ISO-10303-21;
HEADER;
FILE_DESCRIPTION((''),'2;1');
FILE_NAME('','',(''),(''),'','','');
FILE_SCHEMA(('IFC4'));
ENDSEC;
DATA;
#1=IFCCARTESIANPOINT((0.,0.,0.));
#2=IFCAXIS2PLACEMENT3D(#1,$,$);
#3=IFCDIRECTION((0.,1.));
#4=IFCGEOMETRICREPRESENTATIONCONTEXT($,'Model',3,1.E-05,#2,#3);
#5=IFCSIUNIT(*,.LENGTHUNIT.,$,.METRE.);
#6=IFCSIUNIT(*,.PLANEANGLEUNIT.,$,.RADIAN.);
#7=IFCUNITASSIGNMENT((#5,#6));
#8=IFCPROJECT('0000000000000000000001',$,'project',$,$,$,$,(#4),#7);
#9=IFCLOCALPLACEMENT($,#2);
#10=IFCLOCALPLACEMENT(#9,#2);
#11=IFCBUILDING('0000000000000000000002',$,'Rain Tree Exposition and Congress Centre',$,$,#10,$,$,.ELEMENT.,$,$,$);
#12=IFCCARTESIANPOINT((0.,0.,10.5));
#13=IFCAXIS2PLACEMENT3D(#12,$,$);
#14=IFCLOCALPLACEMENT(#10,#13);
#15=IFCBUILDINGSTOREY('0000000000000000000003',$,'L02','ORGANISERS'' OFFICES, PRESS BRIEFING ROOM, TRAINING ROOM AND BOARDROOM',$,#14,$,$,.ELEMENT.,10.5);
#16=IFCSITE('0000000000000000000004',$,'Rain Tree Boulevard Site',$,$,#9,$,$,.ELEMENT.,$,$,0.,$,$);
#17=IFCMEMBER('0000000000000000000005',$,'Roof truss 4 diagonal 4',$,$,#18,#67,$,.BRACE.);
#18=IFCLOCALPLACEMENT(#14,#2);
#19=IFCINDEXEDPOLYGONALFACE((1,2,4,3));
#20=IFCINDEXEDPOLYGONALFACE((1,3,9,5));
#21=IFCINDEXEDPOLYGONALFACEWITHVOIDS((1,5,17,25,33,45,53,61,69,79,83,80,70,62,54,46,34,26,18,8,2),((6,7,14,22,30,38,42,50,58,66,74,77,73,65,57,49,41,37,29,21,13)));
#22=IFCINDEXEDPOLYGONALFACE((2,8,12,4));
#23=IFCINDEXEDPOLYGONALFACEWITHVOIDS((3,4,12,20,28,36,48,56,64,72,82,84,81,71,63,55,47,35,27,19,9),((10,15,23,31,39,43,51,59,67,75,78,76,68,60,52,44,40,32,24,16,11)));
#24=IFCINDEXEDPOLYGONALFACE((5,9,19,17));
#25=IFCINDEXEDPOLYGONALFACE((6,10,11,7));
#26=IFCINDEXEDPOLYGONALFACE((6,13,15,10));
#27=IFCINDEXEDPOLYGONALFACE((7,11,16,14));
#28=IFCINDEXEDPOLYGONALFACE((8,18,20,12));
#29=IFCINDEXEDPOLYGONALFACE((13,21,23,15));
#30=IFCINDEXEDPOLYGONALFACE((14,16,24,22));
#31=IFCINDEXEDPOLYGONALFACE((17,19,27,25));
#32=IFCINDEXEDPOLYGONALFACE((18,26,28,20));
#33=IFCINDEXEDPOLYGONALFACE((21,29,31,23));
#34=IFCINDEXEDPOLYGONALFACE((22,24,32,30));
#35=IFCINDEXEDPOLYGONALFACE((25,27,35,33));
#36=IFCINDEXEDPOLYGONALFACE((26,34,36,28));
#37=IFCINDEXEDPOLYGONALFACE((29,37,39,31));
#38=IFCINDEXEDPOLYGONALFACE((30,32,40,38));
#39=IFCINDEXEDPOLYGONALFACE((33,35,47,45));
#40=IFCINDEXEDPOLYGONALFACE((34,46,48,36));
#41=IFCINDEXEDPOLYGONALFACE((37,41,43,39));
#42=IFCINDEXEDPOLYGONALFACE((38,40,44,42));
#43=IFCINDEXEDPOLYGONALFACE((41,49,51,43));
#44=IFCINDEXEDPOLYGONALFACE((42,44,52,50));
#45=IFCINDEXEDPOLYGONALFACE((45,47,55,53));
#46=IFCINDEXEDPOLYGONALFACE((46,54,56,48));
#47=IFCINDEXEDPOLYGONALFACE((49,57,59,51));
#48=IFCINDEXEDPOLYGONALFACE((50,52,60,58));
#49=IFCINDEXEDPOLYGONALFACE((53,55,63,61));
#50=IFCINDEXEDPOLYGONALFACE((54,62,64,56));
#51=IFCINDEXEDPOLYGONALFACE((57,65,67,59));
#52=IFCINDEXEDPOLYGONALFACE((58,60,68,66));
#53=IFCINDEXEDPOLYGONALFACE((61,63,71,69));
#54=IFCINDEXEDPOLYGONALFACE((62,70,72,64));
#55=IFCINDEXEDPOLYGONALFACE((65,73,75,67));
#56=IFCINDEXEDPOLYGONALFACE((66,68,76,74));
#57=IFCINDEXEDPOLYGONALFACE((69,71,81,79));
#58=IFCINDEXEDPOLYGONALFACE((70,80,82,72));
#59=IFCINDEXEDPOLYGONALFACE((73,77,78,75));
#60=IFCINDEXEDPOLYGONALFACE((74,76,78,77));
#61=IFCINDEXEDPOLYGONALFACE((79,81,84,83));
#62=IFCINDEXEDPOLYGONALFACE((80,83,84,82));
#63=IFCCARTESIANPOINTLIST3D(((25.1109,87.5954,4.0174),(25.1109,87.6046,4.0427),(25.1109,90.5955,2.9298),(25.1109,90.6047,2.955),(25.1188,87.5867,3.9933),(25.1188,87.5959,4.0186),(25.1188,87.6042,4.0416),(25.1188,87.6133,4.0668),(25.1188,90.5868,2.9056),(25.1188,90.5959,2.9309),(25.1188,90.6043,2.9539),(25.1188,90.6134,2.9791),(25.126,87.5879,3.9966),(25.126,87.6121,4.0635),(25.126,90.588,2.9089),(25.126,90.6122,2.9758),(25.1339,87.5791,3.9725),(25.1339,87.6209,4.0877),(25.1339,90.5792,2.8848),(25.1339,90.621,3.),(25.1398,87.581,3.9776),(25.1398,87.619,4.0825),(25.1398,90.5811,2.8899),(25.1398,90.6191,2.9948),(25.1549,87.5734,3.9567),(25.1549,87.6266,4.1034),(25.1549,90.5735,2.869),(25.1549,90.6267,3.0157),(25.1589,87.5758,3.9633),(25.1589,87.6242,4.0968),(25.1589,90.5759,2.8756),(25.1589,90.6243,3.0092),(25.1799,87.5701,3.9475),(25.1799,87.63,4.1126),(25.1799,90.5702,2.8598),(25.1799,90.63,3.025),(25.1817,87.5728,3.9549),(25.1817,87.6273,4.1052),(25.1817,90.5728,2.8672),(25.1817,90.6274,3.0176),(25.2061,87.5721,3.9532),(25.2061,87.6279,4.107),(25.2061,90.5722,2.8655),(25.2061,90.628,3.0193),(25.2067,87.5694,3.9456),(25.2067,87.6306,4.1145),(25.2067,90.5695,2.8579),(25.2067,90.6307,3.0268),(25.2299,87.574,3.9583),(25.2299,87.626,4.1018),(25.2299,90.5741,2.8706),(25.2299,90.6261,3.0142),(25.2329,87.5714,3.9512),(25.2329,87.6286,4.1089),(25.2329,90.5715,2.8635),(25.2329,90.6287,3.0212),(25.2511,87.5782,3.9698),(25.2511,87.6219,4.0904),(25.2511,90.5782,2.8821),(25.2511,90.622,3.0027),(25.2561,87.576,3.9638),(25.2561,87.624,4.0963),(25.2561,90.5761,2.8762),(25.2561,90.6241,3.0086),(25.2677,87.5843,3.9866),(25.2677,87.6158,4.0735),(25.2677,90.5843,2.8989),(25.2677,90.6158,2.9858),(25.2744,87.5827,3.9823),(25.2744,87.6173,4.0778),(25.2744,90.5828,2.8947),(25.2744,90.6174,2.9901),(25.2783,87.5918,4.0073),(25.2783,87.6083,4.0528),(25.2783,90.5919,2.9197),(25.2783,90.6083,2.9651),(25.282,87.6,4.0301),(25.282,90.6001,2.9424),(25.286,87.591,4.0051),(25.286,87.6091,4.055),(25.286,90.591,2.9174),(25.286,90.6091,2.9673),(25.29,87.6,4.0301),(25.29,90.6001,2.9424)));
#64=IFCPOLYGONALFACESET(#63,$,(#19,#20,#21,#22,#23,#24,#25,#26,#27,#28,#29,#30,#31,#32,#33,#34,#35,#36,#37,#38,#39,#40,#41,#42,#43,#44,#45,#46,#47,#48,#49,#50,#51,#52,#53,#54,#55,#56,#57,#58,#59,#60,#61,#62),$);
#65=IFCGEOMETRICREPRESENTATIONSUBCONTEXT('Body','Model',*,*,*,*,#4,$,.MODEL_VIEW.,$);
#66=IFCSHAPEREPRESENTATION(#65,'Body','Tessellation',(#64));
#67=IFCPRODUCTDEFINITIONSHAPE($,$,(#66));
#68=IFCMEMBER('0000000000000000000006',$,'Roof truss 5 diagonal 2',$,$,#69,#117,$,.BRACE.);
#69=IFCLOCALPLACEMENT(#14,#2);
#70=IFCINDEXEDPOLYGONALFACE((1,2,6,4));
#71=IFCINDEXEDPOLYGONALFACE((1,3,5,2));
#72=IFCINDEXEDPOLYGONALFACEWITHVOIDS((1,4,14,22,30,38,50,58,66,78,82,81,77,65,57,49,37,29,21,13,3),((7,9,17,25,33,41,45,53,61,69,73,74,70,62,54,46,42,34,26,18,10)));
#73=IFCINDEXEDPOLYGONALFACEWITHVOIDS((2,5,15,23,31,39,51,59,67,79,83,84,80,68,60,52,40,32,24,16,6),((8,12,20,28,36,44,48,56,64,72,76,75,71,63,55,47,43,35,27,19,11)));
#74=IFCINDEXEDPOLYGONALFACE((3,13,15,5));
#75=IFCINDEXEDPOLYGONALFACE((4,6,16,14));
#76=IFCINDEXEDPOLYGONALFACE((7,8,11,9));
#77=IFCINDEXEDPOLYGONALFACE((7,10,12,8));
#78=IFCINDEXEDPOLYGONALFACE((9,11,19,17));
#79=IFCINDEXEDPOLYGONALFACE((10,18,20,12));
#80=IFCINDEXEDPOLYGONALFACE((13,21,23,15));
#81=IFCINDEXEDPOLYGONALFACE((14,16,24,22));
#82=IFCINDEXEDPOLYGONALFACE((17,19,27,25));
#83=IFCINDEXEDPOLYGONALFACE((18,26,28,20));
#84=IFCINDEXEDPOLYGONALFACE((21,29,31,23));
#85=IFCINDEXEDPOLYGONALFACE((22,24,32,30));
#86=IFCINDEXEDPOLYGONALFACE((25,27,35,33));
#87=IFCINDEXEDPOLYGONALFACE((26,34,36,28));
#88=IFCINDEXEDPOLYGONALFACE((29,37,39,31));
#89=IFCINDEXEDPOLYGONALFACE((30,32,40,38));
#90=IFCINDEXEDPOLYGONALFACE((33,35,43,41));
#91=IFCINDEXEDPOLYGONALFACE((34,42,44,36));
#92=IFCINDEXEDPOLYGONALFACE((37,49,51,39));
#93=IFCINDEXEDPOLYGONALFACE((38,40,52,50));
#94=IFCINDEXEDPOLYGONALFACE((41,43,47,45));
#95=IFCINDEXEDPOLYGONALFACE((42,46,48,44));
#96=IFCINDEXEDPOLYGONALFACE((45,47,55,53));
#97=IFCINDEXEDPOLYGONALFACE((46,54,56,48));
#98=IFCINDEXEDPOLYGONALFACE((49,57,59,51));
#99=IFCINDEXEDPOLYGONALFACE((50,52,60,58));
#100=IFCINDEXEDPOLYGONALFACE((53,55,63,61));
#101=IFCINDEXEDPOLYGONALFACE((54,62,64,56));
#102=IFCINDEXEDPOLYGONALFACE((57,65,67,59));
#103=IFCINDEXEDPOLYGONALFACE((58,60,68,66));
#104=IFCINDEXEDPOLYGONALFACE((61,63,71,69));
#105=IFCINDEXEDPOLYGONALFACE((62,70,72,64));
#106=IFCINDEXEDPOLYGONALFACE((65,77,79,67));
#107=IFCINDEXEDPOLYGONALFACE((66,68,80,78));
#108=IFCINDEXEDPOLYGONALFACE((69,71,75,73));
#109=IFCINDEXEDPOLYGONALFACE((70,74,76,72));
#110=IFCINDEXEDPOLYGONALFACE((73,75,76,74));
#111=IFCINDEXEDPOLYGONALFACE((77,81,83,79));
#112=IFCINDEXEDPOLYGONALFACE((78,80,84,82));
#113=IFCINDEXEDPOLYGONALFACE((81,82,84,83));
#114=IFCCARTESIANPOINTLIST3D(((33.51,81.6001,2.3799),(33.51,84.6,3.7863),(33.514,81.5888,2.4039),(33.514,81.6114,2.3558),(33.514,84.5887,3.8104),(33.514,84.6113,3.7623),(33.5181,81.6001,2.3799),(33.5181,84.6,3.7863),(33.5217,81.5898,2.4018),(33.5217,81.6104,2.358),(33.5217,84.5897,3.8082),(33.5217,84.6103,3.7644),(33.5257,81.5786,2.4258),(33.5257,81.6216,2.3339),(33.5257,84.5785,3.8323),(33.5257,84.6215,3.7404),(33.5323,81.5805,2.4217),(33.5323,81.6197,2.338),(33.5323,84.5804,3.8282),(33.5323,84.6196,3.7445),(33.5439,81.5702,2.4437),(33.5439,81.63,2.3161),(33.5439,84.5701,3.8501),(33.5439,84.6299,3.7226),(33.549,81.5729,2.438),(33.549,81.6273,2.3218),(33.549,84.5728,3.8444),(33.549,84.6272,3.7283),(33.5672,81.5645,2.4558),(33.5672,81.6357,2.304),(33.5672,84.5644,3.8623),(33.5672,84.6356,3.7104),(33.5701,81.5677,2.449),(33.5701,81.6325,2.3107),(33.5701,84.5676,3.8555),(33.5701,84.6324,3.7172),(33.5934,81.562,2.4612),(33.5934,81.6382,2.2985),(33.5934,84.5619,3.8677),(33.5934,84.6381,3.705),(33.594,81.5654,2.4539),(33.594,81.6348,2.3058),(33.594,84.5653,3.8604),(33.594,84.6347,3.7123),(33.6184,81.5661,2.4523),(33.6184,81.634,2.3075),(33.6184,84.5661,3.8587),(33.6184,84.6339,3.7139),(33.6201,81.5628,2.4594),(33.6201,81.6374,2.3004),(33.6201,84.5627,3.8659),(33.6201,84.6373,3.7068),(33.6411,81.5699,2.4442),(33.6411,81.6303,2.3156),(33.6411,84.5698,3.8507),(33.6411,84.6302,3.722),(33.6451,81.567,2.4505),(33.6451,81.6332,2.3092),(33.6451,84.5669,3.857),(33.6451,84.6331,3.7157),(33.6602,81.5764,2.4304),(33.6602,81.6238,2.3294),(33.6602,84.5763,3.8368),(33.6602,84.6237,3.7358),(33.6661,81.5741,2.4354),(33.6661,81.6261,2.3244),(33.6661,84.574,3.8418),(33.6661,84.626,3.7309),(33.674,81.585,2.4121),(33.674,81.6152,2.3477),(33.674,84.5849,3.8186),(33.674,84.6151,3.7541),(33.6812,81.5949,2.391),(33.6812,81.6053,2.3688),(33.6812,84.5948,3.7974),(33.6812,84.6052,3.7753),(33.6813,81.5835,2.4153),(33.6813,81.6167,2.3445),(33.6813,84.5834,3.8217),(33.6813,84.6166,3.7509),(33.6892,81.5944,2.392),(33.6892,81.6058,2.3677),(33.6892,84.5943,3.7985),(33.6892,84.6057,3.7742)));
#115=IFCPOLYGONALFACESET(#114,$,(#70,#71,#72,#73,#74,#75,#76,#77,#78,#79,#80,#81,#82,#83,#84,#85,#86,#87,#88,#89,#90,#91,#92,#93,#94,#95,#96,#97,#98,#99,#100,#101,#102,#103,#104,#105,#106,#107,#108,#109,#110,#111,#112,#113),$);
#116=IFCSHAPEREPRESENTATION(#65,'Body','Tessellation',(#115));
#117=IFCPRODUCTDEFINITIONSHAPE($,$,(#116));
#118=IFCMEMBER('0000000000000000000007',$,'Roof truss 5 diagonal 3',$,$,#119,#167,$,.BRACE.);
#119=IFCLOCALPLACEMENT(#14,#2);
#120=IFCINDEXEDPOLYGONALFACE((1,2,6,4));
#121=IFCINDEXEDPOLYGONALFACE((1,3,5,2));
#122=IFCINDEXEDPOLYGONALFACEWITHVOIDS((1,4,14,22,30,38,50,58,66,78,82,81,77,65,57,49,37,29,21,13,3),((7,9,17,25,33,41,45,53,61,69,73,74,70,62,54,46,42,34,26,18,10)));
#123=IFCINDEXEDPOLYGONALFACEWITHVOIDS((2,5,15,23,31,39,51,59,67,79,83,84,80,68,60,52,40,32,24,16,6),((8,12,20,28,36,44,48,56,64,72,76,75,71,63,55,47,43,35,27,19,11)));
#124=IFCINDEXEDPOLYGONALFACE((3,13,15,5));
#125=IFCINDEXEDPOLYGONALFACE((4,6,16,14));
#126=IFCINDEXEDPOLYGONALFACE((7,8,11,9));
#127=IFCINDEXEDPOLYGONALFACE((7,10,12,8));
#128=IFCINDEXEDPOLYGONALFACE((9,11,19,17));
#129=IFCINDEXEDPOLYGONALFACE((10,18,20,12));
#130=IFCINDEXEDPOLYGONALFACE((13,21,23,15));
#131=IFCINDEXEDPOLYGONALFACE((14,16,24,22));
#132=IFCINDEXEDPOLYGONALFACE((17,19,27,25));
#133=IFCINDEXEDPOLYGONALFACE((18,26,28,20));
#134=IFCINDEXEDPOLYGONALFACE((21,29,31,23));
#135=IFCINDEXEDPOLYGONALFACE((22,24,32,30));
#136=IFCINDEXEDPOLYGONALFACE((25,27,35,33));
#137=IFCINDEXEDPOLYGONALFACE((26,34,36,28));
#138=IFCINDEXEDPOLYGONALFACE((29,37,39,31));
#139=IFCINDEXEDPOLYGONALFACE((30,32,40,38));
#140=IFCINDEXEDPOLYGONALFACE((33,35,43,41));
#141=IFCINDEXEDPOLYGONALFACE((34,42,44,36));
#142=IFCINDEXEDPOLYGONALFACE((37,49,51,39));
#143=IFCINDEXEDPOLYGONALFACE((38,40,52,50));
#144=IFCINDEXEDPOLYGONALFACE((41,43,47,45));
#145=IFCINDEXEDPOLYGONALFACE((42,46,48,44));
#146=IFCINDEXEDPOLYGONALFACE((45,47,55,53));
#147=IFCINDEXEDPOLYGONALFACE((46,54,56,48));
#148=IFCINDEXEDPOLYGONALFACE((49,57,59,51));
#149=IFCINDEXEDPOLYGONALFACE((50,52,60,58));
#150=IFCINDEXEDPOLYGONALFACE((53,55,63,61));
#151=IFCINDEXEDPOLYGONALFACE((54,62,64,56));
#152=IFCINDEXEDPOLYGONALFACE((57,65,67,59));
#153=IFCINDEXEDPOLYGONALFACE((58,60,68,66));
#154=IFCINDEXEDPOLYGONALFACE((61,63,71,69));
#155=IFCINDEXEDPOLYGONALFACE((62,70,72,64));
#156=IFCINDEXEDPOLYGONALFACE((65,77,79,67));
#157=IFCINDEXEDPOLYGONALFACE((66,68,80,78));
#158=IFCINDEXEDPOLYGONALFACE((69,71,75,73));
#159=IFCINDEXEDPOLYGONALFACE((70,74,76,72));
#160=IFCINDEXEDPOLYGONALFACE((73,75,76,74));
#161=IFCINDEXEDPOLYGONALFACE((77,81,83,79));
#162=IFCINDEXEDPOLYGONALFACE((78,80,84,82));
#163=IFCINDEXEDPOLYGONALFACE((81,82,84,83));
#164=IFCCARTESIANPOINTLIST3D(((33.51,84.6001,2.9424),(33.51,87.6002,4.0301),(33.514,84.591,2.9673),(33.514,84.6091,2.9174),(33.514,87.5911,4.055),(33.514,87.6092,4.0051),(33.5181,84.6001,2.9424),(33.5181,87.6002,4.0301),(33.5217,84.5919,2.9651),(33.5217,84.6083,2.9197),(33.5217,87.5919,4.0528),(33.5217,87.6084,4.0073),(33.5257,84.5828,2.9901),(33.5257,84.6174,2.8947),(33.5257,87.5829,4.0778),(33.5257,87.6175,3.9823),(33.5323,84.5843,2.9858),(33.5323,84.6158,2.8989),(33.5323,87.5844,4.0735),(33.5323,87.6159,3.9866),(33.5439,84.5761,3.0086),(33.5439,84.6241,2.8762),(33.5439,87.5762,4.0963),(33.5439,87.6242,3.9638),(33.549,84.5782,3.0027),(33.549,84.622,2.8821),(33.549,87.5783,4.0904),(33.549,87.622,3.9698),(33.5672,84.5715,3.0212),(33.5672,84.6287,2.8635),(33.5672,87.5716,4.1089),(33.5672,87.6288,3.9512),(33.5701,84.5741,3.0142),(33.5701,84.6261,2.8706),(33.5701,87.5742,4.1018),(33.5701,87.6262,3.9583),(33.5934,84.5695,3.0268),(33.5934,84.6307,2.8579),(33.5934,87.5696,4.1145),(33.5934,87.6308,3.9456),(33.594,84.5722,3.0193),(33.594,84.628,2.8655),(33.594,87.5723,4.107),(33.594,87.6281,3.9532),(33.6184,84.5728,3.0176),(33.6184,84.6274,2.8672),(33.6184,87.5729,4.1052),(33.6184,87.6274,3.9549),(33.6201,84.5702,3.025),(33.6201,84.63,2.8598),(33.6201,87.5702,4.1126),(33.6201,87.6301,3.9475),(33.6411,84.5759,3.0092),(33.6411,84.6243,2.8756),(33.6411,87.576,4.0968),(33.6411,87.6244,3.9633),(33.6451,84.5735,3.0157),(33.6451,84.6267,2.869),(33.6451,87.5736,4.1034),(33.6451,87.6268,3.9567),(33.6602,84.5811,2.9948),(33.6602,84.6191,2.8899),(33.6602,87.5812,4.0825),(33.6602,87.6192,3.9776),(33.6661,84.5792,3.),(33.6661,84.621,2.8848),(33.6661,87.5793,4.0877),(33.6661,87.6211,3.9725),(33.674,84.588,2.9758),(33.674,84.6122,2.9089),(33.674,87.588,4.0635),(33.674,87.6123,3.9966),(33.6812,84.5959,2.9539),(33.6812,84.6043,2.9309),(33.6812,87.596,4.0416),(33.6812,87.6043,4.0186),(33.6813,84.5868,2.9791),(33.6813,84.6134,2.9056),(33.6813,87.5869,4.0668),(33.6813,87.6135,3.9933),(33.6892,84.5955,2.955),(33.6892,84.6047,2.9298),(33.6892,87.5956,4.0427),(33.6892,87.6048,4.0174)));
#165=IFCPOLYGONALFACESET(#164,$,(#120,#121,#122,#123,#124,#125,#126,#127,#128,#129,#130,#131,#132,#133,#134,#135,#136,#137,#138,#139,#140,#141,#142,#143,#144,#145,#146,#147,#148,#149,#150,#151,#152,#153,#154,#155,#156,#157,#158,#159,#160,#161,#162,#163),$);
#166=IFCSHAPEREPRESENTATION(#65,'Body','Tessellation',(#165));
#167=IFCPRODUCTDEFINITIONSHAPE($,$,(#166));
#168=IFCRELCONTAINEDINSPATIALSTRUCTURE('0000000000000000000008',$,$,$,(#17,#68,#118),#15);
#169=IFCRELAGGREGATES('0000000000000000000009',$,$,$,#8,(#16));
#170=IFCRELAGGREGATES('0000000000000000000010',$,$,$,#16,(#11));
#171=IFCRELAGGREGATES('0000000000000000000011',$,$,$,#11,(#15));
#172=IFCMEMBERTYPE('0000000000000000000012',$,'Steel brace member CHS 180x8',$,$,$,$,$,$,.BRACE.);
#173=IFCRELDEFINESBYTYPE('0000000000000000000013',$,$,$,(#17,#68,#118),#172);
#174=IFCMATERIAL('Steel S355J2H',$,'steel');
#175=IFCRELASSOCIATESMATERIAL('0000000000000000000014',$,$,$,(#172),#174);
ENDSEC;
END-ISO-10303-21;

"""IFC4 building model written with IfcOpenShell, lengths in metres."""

from ifc_helpers import new_model, si_unit, direction, frame, origin, origin_2d, place, context, subcontext, project, spatial, hollow_circle, extrude, material, material_profile, profile_set, type_object, element, save


model = new_model("IFC4")

# Units and contexts
model_context = context("Model", 3, precision=1e-05, world=origin(), true_north=direction((0.0, 1.0)))
body_context = subcontext(model_context, "Body", "Model", "MODEL_VIEW")
ifc_project = project(units=[si_unit("LENGTHUNIT", "METRE"), si_unit("PLANEANGLEUNIT", "RADIAN")], contexts=[model_context])

# Site, building, storey
site_placement = place(None, origin())
site = spatial("IfcSite", under=ifc_project, at=site_placement, Name="Rain Tree Boulevard Site", CompositionType="ELEMENT", RefElevation=0.0)
building_placement = place(site_placement, origin())
building = spatial("IfcBuilding", under=site, at=building_placement, Name="Rain Tree Exposition and Congress Centre", CompositionType="ELEMENT")
storey_placement = place(building_placement, frame((0.0, 0.0, 10.5)))
storey = spatial("IfcBuildingStorey", under=building, at=storey_placement, Name="L02", Description="ORGANISERS' OFFICES, PRESS BRIEFING ROOM, TRAINING ROOM AND BOARDROOM", CompositionType="ELEMENT", Elevation=10.5)

# Members
ifc_material_1 = material(Name="Steel S355J2H", Category="steel")
ifc_material_profile_1 = material_profile(ifc_material_1, hollow_circle(Radius=0.0901, WallThickness=0.0081, at=origin_2d()), Name="CHS 180x8")
ifc_profile_set_1 = profile_set([ifc_material_profile_1], Name="Steel S355J2H")
member_type_1 = type_object("IfcMemberType", Name="Steel brace member CHS 180x8", PredefinedType="BRACE", material=ifc_profile_set_1)
member_1_placement = place(storey_placement, frame((25.2, 90.6001, 2.9424), z_axis=(0.0, -0.940121, 0.34084), x_axis=(1.0, 0.0, 0.0)))
element("IfcMember", 1, at=member_1_placement, inside=storey, type_object=member_type_1, Name="Roof truss 4 diagonal 4", PredefinedType="BRACE", context=body_context, shape_type="SweptSolid", body=[
    extrude(hollow_circle(Radius=0.0901, WallThickness=0.0081, at=origin_2d()), origin(), (0.0, 0.0, 1.0), 3.1912),
])
member_2_placement = place(storey_placement, frame((33.6001, 81.6001, 2.3799), z_axis=(0.0, 0.905431, 0.424494), x_axis=(-1.0, 0.0, 0.0)))
element("IfcMember", 2, at=member_2_placement, inside=storey, type_object=member_type_1, Name="Roof truss 5 diagonal 2", PredefinedType="BRACE", context=body_context, shape_type="SweptSolid", body=[
    extrude(hollow_circle(Radius=0.0901, WallThickness=0.0081, at=origin_2d()), origin(), (0.0, 0.0, 1.0), 3.3132),
])
for number, where, z_axis, x_axis, name in (
    (3, (33.6001, 84.6001, 2.9424), (0.0, 0.940121, 0.34084), (-1.0, 0.0, 0.0), "Roof truss 5 diagonal 3"),
):
    element("IfcMember", number, at=place(storey_placement, frame(where, z_axis=z_axis, x_axis=x_axis)), inside=storey, type_object=member_type_1, Name=name, PredefinedType="BRACE", context=body_context, shape_type="SweptSolid", body=[
        extrude(hollow_circle(Radius=0.0901, WallThickness=0.0081, at=origin_2d()), origin(), (0.0, 0.0, 1.0), 3.1912),
    ])

save(model, "model.ifc")
